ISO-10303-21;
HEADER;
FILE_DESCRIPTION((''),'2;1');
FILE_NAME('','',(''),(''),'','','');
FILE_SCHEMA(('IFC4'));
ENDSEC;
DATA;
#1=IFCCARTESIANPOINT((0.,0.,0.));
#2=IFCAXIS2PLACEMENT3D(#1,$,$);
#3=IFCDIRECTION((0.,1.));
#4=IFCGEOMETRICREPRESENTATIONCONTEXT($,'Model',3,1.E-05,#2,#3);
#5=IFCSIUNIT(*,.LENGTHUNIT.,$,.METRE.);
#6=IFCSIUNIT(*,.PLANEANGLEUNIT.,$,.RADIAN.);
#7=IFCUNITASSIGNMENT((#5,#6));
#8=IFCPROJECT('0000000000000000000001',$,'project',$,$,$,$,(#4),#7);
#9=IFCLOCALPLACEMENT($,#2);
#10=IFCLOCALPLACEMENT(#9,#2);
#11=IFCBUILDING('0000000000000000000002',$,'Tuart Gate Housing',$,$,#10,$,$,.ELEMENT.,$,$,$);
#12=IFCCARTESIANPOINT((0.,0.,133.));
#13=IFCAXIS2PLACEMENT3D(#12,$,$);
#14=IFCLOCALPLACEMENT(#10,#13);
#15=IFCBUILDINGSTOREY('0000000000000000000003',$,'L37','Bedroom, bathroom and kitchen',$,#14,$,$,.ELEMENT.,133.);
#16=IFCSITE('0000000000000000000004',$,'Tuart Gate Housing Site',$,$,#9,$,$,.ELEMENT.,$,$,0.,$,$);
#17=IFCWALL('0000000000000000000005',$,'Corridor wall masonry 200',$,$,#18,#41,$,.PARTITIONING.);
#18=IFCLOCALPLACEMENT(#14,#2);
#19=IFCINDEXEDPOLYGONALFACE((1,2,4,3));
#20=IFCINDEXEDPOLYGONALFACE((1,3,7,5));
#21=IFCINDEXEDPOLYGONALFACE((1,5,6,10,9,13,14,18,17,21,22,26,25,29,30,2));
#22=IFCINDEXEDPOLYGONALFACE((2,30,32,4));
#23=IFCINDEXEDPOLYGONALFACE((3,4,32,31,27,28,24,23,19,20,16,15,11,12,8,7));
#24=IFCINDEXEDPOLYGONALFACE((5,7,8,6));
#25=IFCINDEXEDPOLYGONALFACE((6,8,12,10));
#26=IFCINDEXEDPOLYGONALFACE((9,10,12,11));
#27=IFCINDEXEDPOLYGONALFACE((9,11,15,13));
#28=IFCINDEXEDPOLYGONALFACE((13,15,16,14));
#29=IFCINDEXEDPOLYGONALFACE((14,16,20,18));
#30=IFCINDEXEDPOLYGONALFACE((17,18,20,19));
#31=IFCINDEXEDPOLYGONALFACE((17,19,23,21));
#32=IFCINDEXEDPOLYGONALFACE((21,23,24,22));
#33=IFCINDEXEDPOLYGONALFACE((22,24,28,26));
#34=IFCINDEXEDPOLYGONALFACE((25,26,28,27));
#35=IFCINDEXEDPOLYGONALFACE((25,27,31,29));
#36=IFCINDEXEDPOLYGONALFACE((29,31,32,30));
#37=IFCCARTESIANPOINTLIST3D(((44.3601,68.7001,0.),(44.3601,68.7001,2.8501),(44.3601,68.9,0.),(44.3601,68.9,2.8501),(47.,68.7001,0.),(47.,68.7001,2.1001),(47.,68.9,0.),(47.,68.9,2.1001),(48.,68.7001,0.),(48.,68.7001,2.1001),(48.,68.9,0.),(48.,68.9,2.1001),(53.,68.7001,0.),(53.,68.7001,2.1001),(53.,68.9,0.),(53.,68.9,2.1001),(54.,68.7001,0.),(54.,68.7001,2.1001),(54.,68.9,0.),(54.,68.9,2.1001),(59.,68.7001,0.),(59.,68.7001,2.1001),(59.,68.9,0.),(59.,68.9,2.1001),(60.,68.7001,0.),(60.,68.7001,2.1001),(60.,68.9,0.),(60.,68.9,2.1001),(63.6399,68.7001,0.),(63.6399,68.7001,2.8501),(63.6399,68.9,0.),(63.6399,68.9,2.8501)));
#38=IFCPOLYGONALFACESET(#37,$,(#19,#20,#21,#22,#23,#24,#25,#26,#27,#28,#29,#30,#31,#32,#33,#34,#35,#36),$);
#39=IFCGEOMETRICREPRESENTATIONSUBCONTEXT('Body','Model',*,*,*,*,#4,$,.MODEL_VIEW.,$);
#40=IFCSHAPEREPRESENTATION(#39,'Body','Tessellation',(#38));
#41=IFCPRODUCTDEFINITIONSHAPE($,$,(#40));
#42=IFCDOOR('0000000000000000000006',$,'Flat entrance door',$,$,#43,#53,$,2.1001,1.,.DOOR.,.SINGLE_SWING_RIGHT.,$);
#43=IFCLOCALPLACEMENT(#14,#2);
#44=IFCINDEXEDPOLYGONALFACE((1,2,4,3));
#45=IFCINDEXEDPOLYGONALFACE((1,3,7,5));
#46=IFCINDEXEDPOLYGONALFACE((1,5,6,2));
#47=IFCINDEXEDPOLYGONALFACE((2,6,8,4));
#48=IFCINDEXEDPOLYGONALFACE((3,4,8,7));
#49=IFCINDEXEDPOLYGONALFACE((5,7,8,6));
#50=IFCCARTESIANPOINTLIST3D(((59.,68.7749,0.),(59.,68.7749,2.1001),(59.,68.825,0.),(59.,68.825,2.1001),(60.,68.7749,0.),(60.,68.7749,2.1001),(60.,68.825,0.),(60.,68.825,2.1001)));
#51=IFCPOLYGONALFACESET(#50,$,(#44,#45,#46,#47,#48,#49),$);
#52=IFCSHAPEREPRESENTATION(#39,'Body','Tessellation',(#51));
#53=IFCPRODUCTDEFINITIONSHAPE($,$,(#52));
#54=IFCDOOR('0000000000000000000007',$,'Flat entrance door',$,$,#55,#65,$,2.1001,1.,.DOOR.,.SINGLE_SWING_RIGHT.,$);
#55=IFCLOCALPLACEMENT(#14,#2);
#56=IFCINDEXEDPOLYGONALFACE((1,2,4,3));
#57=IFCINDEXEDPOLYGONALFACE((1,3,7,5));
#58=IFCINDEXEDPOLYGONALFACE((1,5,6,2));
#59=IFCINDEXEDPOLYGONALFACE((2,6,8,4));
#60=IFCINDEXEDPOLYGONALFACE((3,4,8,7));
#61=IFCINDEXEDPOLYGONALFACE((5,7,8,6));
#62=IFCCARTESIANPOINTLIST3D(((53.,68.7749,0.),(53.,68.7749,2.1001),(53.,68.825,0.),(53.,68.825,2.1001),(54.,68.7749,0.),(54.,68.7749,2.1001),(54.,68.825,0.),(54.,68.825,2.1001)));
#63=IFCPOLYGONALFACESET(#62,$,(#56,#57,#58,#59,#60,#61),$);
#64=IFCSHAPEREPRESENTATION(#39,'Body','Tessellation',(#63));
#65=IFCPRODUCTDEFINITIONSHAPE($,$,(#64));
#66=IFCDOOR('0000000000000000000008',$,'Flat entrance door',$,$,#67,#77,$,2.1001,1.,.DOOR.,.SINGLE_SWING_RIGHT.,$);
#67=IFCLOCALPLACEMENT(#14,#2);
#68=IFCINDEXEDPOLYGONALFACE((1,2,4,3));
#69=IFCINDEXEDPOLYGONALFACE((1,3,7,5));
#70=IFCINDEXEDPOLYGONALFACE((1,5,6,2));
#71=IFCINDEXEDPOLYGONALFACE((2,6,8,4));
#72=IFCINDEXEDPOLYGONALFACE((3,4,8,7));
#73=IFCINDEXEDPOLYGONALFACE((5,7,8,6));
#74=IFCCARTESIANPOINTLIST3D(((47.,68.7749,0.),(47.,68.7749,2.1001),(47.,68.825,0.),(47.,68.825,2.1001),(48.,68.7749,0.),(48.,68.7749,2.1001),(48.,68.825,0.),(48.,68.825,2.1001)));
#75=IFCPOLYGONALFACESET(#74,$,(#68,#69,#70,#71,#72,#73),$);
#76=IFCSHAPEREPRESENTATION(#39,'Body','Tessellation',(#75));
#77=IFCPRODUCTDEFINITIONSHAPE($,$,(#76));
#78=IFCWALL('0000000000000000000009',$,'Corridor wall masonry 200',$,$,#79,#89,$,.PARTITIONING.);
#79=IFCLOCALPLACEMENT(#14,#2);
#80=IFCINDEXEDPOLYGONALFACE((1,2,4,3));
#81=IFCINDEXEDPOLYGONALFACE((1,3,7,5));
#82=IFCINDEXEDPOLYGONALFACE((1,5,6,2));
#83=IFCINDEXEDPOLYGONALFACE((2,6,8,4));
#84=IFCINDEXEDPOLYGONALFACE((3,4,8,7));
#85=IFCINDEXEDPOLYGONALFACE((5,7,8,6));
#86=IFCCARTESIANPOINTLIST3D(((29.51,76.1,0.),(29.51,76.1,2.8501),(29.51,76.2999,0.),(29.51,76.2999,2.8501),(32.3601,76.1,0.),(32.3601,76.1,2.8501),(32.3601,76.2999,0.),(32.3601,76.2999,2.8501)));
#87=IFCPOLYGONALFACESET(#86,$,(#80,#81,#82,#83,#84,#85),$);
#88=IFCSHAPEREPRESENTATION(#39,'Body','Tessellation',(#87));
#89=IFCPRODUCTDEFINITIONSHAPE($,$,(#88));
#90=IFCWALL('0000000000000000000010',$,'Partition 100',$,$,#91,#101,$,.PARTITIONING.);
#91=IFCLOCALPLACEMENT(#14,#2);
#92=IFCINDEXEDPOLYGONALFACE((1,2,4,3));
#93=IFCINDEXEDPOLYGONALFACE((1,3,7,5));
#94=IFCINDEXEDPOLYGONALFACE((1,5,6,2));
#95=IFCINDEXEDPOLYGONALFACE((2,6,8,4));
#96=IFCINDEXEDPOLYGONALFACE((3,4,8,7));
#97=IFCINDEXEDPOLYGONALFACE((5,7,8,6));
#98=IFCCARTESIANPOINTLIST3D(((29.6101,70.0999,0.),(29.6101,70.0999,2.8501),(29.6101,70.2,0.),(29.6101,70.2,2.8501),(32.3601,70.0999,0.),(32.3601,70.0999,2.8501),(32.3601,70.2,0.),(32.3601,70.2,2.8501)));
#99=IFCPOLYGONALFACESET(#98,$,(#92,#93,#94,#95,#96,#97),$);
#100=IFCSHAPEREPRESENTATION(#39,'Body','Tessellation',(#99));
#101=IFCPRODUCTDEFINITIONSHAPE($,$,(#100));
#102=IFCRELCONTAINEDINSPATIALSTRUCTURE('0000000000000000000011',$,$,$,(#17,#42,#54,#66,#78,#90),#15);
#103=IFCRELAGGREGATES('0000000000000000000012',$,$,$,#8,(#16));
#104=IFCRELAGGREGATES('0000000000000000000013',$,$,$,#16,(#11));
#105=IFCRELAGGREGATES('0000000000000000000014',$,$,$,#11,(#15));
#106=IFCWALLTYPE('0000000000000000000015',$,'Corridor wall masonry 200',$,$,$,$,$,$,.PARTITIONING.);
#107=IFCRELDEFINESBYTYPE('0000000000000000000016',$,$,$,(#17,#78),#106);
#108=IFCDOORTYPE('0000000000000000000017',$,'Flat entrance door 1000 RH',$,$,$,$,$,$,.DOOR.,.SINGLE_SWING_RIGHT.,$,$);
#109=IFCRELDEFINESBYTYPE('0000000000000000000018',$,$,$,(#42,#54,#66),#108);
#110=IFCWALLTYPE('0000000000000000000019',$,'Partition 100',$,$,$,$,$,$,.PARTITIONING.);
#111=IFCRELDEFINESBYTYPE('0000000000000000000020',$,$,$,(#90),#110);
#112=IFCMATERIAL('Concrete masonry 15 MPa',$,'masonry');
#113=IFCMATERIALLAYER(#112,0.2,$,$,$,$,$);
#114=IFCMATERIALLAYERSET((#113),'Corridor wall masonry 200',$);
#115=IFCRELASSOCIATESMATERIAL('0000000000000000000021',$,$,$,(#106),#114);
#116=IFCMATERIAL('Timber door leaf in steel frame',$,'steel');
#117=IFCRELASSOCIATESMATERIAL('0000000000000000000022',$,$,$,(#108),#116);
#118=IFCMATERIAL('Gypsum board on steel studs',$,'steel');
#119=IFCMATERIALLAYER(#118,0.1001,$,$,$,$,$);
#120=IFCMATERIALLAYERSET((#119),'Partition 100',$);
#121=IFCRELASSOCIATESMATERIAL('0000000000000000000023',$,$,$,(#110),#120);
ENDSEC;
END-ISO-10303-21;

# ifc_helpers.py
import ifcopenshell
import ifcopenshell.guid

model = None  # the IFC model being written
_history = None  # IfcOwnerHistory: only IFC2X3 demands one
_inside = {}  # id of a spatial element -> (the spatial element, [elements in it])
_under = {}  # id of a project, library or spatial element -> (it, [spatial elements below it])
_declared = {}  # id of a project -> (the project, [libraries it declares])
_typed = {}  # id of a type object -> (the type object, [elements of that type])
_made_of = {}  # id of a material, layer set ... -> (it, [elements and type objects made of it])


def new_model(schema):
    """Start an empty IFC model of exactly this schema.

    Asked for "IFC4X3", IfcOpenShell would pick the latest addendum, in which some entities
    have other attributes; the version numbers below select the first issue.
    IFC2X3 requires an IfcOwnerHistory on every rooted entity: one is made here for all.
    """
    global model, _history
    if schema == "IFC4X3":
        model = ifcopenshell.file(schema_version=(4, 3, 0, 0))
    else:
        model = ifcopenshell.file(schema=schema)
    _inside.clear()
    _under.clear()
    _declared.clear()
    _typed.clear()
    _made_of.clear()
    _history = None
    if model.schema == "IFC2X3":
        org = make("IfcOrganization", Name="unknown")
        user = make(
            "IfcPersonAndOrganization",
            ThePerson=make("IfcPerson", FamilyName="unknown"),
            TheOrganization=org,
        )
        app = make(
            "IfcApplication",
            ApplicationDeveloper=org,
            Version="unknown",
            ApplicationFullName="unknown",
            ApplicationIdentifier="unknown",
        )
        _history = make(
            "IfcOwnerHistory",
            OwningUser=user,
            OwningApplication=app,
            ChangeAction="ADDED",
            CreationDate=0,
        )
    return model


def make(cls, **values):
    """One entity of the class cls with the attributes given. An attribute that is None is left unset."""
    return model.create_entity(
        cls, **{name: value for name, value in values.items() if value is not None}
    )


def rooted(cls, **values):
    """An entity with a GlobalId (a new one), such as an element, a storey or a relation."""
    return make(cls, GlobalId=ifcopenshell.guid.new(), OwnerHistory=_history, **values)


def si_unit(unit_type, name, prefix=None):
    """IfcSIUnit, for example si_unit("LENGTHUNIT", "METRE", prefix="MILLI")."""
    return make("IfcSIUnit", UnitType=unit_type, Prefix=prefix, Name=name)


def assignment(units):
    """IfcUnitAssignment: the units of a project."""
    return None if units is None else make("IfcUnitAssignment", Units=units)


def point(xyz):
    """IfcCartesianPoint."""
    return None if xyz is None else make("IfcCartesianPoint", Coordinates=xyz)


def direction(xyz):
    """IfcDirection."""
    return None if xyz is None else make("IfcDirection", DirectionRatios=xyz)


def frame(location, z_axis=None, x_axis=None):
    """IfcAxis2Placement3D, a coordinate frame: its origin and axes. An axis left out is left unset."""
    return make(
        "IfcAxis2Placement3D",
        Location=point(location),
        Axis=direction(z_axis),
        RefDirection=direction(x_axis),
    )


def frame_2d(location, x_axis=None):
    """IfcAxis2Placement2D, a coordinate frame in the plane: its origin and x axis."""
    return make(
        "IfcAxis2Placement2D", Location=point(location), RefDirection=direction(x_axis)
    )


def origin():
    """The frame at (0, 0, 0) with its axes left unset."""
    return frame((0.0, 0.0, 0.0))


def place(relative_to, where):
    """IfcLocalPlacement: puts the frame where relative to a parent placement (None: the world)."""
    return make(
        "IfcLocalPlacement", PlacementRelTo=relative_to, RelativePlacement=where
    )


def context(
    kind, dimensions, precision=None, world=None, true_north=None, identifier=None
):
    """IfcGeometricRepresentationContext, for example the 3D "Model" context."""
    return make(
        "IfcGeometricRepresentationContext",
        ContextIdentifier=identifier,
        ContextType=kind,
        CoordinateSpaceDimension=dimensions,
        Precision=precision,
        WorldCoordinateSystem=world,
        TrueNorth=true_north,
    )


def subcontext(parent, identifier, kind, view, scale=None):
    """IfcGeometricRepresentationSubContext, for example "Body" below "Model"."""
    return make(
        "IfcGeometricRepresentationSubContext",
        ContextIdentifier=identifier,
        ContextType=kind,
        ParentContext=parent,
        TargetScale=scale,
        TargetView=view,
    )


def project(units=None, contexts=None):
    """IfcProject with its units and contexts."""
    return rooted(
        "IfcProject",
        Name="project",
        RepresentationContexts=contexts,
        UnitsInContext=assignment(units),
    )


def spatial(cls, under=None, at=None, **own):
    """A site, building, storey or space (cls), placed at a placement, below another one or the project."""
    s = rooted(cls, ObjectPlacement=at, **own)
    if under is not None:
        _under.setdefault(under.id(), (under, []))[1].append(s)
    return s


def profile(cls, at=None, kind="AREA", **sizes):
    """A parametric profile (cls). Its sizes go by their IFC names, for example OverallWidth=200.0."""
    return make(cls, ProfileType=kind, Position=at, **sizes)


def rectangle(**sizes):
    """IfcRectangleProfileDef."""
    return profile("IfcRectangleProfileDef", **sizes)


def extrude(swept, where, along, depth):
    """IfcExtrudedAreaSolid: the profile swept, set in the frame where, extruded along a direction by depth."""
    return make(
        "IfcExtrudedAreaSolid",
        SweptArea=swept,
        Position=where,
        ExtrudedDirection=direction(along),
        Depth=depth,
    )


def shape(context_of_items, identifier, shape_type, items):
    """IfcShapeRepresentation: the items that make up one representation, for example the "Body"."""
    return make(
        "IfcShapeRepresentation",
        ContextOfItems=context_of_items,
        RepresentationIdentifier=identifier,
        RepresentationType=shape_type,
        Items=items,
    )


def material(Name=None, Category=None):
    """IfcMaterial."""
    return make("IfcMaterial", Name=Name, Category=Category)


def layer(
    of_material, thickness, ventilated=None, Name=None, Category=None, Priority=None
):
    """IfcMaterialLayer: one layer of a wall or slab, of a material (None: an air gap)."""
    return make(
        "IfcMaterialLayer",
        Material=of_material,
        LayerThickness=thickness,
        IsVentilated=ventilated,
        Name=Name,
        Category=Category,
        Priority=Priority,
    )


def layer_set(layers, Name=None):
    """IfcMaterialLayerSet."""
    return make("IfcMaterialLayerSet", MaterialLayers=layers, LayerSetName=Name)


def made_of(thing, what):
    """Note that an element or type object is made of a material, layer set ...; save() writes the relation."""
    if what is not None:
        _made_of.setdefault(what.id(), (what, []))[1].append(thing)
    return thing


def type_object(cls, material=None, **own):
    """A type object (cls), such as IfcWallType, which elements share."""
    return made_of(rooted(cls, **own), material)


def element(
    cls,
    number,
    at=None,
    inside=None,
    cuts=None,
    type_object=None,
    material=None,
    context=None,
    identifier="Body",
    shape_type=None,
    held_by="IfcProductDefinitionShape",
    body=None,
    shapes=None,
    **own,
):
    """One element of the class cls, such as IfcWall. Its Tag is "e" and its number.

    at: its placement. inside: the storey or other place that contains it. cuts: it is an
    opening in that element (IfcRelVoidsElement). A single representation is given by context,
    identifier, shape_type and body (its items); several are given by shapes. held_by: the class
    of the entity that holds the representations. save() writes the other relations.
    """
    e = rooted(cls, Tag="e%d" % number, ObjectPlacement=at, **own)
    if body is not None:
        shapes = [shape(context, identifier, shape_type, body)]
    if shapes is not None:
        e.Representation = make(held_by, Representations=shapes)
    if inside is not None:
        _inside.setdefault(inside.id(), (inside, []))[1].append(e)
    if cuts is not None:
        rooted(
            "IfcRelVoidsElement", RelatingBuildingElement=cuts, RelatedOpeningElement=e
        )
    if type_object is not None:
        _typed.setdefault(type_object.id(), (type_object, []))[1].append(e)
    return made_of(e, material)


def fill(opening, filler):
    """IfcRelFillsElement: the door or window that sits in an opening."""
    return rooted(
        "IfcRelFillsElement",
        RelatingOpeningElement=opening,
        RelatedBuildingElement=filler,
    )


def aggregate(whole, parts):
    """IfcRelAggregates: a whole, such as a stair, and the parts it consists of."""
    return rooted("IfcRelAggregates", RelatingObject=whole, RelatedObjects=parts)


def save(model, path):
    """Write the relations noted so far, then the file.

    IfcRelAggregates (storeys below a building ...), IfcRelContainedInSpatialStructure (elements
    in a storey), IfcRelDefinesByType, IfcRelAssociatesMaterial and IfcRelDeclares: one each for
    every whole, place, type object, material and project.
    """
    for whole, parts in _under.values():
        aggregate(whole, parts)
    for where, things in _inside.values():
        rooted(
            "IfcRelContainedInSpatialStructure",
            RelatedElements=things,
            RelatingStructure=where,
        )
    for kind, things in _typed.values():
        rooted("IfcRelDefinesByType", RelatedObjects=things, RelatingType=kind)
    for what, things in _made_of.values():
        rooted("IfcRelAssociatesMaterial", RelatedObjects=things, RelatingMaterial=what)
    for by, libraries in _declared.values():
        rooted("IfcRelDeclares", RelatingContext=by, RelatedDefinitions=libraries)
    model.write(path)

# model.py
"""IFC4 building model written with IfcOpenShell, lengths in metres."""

from ifc_helpers import new_model, si_unit, direction, frame, frame_2d, origin, place, context, subcontext, project, spatial, rectangle, extrude, material, layer, layer_set, type_object, element, fill, save


model = new_model("IFC4")

# Units and contexts
model_context = context("Model", 3, precision=1e-05, world=origin(), true_north=direction((0.0, 1.0)))
body_context = subcontext(model_context, "Body", "Model", "MODEL_VIEW")
ifc_project = project(units=[si_unit("LENGTHUNIT", "METRE"), si_unit("PLANEANGLEUNIT", "RADIAN")], contexts=[model_context])

# Site, building, storey
site_placement = place(None, origin())
site = spatial("IfcSite", under=ifc_project, at=site_placement, Name="Tuart Gate Housing Site", CompositionType="ELEMENT", RefElevation=0.0)
building_placement = place(site_placement, origin())
building = spatial("IfcBuilding", under=site, at=building_placement, Name="Tuart Gate Housing", CompositionType="ELEMENT")
storey_placement = place(building_placement, frame((0.0, 0.0, 133.0)))
storey = spatial("IfcBuildingStorey", under=building, at=storey_placement, Name="L37", Description="Bedroom, bathroom and kitchen", CompositionType="ELEMENT", Elevation=133.0)

# Wall, openings, doors
ifc_material_1 = material(Name="Concrete masonry 15 MPa", Category="masonry")
ifc_layer_1 = layer(ifc_material_1, 0.2)
ifc_layer_set_1 = layer_set([ifc_layer_1], Name="Corridor wall masonry 200")
wall_type_1 = type_object("IfcWallType", Name="Corridor wall masonry 200", PredefinedType="PARTITIONING", material=ifc_layer_set_1)
wall_1_placement = place(storey_placement, frame((44.3601, 68.8, 0.0), z_axis=(0.0, 0.0, 1.0), x_axis=(1.0, 0.0, 0.0)))
wall_1 = element("IfcWall", 1, at=wall_1_placement, inside=storey, type_object=wall_type_1, Name="Corridor wall masonry 200", PredefinedType="PARTITIONING", context=body_context, shape_type="SweptSolid", body=[
    extrude(rectangle(XDim=19.2798, YDim=0.2, at=frame_2d((9.6399, 0.0))), origin(), (0.0, 0.0, 1.0), 2.8501),
])
opening_1_placement = place(wall_1_placement, frame((14.6399, 0.0, 0.0)))
opening_1 = element("IfcOpeningElement", 2, at=opening_1_placement, cuts=wall_1, PredefinedType="OPENING", context=body_context, shape_type="SweptSolid", body=[
    extrude(rectangle(XDim=1.0, YDim=2.1001, at=frame_2d((0.5, 1.05))), frame((0.0, 0.1099, 0.0), z_axis=(0.0, -1.0, 0.0), x_axis=(1.0, 0.0, 0.0)), (0.0, 0.0, 1.0), 0.22),
])
opening_2_placement = place(wall_1_placement, frame((8.6399, 0.0, 0.0)))
opening_2 = element("IfcOpeningElement", 3, at=opening_2_placement, cuts=wall_1, PredefinedType="OPENING", context=body_context, shape_type="SweptSolid", body=[
    extrude(rectangle(XDim=1.0, YDim=2.1001, at=frame_2d((0.5, 1.05))), frame((0.0, 0.1099, 0.0), z_axis=(0.0, -1.0, 0.0), x_axis=(1.0, 0.0, 0.0)), (0.0, 0.0, 1.0), 0.22),
])
opening_3_placement = place(wall_1_placement, frame((2.6399, 0.0, 0.0)))
opening_3 = element("IfcOpeningElement", 4, at=opening_3_placement, cuts=wall_1, PredefinedType="OPENING", context=body_context, shape_type="SweptSolid", body=[
    extrude(rectangle(XDim=1.0, YDim=2.1001, at=frame_2d((0.5, 1.05))), frame((0.0, 0.1099, 0.0), z_axis=(0.0, -1.0, 0.0), x_axis=(1.0, 0.0, 0.0)), (0.0, 0.0, 1.0), 0.22),
])
ifc_material_2 = material(Name="Timber door leaf in steel frame", Category="steel")
door_type_1 = type_object("IfcDoorType", Name="Flat entrance door 1000 RH", OperationType="SINGLE_SWING_RIGHT", PredefinedType="DOOR", material=ifc_material_2)
door_1_placement = place(opening_1_placement, frame((1.0, 0.0, 0.0), z_axis=(0.0, 0.0, 1.0), x_axis=(-1.0, 0.0, 0.0)))
door_1 = element("IfcDoor", 5, at=door_1_placement, inside=storey, type_object=door_type_1, Name="Flat entrance door", OperationType="SINGLE_SWING_RIGHT", OverallHeight=2.1001, OverallWidth=1.0, PredefinedType="DOOR", context=body_context, shape_type="SweptSolid", body=[
    extrude(rectangle(XDim=1.0, YDim=2.1001, at=frame_2d((0.5, 1.05))), frame((0.0, 0.0251, 0.0), z_axis=(0.0, -1.0, 0.0), x_axis=(1.0, 0.0, 0.0)), (0.0, 0.0, 1.0), 0.05),
])
fill(opening_1, door_1)
door_2_placement = place(opening_2_placement, frame((1.0, 0.0, 0.0), z_axis=(0.0, 0.0, 1.0), x_axis=(-1.0, 0.0, 0.0)))
door_2 = element("IfcDoor", 6, at=door_2_placement, inside=storey, type_object=door_type_1, Name="Flat entrance door", OperationType="SINGLE_SWING_RIGHT", OverallHeight=2.1001, OverallWidth=1.0, PredefinedType="DOOR", context=body_context, shape_type="SweptSolid", body=[
    extrude(rectangle(XDim=1.0, YDim=2.1001, at=frame_2d((0.5, 1.05))), frame((0.0, 0.0251, 0.0), z_axis=(0.0, -1.0, 0.0), x_axis=(1.0, 0.0, 0.0)), (0.0, 0.0, 1.0), 0.05),
])
fill(opening_2, door_2)
door_3_placement = place(opening_3_placement, frame((1.0, 0.0, 0.0), z_axis=(0.0, 0.0, 1.0), x_axis=(-1.0, 0.0, 0.0)))
door_3 = element("IfcDoor", 7, at=door_3_placement, inside=storey, type_object=door_type_1, Name="Flat entrance door", OperationType="SINGLE_SWING_RIGHT", OverallHeight=2.1001, OverallWidth=1.0, PredefinedType="DOOR", context=body_context, shape_type="SweptSolid", body=[
    extrude(rectangle(XDim=1.0, YDim=2.1001, at=frame_2d((0.5, 1.05))), frame((0.0, 0.0251, 0.0), z_axis=(0.0, -1.0, 0.0), x_axis=(1.0, 0.0, 0.0)), (0.0, 0.0, 1.0), 0.05),
])
fill(opening_3, door_3)

# Walls
wall_2_placement = place(storey_placement, frame((29.51, 76.2, 0.0), z_axis=(0.0, 0.0, 1.0), x_axis=(1.0, 0.0, 0.0)))
element("IfcWall", 8, at=wall_2_placement, inside=storey, type_object=wall_type_1, Name="Corridor wall masonry 200", PredefinedType="PARTITIONING", context=body_context, shape_type="SweptSolid", body=[
    extrude(rectangle(XDim=2.8501, YDim=0.2, at=frame_2d((1.425, 0.0))), origin(), (0.0, 0.0, 1.0), 2.8501),
])
ifc_material_3 = material(Name="Gypsum board on steel studs", Category="steel")
ifc_layer_2 = layer(ifc_material_3, 0.1001)
ifc_layer_set_2 = layer_set([ifc_layer_2], Name="Partition 100")
wall_type_2 = type_object("IfcWallType", Name="Partition 100", PredefinedType="PARTITIONING", material=ifc_layer_set_2)
wall_3_placement = place(storey_placement, frame((29.6101, 70.1499, 0.0), z_axis=(0.0, 0.0, 1.0), x_axis=(1.0, 0.0, 0.0)))
element("IfcWall", 9, at=wall_3_placement, inside=storey, type_object=wall_type_2, Name="Partition 100", PredefinedType="PARTITIONING", context=body_context, shape_type="SweptSolid", body=[
    extrude(rectangle(XDim=2.75, YDim=0.1001, at=frame_2d((1.375, 0.0))), origin(), (0.0, 0.0, 1.0), 2.8501),
])

save(model, "model.ifc")
